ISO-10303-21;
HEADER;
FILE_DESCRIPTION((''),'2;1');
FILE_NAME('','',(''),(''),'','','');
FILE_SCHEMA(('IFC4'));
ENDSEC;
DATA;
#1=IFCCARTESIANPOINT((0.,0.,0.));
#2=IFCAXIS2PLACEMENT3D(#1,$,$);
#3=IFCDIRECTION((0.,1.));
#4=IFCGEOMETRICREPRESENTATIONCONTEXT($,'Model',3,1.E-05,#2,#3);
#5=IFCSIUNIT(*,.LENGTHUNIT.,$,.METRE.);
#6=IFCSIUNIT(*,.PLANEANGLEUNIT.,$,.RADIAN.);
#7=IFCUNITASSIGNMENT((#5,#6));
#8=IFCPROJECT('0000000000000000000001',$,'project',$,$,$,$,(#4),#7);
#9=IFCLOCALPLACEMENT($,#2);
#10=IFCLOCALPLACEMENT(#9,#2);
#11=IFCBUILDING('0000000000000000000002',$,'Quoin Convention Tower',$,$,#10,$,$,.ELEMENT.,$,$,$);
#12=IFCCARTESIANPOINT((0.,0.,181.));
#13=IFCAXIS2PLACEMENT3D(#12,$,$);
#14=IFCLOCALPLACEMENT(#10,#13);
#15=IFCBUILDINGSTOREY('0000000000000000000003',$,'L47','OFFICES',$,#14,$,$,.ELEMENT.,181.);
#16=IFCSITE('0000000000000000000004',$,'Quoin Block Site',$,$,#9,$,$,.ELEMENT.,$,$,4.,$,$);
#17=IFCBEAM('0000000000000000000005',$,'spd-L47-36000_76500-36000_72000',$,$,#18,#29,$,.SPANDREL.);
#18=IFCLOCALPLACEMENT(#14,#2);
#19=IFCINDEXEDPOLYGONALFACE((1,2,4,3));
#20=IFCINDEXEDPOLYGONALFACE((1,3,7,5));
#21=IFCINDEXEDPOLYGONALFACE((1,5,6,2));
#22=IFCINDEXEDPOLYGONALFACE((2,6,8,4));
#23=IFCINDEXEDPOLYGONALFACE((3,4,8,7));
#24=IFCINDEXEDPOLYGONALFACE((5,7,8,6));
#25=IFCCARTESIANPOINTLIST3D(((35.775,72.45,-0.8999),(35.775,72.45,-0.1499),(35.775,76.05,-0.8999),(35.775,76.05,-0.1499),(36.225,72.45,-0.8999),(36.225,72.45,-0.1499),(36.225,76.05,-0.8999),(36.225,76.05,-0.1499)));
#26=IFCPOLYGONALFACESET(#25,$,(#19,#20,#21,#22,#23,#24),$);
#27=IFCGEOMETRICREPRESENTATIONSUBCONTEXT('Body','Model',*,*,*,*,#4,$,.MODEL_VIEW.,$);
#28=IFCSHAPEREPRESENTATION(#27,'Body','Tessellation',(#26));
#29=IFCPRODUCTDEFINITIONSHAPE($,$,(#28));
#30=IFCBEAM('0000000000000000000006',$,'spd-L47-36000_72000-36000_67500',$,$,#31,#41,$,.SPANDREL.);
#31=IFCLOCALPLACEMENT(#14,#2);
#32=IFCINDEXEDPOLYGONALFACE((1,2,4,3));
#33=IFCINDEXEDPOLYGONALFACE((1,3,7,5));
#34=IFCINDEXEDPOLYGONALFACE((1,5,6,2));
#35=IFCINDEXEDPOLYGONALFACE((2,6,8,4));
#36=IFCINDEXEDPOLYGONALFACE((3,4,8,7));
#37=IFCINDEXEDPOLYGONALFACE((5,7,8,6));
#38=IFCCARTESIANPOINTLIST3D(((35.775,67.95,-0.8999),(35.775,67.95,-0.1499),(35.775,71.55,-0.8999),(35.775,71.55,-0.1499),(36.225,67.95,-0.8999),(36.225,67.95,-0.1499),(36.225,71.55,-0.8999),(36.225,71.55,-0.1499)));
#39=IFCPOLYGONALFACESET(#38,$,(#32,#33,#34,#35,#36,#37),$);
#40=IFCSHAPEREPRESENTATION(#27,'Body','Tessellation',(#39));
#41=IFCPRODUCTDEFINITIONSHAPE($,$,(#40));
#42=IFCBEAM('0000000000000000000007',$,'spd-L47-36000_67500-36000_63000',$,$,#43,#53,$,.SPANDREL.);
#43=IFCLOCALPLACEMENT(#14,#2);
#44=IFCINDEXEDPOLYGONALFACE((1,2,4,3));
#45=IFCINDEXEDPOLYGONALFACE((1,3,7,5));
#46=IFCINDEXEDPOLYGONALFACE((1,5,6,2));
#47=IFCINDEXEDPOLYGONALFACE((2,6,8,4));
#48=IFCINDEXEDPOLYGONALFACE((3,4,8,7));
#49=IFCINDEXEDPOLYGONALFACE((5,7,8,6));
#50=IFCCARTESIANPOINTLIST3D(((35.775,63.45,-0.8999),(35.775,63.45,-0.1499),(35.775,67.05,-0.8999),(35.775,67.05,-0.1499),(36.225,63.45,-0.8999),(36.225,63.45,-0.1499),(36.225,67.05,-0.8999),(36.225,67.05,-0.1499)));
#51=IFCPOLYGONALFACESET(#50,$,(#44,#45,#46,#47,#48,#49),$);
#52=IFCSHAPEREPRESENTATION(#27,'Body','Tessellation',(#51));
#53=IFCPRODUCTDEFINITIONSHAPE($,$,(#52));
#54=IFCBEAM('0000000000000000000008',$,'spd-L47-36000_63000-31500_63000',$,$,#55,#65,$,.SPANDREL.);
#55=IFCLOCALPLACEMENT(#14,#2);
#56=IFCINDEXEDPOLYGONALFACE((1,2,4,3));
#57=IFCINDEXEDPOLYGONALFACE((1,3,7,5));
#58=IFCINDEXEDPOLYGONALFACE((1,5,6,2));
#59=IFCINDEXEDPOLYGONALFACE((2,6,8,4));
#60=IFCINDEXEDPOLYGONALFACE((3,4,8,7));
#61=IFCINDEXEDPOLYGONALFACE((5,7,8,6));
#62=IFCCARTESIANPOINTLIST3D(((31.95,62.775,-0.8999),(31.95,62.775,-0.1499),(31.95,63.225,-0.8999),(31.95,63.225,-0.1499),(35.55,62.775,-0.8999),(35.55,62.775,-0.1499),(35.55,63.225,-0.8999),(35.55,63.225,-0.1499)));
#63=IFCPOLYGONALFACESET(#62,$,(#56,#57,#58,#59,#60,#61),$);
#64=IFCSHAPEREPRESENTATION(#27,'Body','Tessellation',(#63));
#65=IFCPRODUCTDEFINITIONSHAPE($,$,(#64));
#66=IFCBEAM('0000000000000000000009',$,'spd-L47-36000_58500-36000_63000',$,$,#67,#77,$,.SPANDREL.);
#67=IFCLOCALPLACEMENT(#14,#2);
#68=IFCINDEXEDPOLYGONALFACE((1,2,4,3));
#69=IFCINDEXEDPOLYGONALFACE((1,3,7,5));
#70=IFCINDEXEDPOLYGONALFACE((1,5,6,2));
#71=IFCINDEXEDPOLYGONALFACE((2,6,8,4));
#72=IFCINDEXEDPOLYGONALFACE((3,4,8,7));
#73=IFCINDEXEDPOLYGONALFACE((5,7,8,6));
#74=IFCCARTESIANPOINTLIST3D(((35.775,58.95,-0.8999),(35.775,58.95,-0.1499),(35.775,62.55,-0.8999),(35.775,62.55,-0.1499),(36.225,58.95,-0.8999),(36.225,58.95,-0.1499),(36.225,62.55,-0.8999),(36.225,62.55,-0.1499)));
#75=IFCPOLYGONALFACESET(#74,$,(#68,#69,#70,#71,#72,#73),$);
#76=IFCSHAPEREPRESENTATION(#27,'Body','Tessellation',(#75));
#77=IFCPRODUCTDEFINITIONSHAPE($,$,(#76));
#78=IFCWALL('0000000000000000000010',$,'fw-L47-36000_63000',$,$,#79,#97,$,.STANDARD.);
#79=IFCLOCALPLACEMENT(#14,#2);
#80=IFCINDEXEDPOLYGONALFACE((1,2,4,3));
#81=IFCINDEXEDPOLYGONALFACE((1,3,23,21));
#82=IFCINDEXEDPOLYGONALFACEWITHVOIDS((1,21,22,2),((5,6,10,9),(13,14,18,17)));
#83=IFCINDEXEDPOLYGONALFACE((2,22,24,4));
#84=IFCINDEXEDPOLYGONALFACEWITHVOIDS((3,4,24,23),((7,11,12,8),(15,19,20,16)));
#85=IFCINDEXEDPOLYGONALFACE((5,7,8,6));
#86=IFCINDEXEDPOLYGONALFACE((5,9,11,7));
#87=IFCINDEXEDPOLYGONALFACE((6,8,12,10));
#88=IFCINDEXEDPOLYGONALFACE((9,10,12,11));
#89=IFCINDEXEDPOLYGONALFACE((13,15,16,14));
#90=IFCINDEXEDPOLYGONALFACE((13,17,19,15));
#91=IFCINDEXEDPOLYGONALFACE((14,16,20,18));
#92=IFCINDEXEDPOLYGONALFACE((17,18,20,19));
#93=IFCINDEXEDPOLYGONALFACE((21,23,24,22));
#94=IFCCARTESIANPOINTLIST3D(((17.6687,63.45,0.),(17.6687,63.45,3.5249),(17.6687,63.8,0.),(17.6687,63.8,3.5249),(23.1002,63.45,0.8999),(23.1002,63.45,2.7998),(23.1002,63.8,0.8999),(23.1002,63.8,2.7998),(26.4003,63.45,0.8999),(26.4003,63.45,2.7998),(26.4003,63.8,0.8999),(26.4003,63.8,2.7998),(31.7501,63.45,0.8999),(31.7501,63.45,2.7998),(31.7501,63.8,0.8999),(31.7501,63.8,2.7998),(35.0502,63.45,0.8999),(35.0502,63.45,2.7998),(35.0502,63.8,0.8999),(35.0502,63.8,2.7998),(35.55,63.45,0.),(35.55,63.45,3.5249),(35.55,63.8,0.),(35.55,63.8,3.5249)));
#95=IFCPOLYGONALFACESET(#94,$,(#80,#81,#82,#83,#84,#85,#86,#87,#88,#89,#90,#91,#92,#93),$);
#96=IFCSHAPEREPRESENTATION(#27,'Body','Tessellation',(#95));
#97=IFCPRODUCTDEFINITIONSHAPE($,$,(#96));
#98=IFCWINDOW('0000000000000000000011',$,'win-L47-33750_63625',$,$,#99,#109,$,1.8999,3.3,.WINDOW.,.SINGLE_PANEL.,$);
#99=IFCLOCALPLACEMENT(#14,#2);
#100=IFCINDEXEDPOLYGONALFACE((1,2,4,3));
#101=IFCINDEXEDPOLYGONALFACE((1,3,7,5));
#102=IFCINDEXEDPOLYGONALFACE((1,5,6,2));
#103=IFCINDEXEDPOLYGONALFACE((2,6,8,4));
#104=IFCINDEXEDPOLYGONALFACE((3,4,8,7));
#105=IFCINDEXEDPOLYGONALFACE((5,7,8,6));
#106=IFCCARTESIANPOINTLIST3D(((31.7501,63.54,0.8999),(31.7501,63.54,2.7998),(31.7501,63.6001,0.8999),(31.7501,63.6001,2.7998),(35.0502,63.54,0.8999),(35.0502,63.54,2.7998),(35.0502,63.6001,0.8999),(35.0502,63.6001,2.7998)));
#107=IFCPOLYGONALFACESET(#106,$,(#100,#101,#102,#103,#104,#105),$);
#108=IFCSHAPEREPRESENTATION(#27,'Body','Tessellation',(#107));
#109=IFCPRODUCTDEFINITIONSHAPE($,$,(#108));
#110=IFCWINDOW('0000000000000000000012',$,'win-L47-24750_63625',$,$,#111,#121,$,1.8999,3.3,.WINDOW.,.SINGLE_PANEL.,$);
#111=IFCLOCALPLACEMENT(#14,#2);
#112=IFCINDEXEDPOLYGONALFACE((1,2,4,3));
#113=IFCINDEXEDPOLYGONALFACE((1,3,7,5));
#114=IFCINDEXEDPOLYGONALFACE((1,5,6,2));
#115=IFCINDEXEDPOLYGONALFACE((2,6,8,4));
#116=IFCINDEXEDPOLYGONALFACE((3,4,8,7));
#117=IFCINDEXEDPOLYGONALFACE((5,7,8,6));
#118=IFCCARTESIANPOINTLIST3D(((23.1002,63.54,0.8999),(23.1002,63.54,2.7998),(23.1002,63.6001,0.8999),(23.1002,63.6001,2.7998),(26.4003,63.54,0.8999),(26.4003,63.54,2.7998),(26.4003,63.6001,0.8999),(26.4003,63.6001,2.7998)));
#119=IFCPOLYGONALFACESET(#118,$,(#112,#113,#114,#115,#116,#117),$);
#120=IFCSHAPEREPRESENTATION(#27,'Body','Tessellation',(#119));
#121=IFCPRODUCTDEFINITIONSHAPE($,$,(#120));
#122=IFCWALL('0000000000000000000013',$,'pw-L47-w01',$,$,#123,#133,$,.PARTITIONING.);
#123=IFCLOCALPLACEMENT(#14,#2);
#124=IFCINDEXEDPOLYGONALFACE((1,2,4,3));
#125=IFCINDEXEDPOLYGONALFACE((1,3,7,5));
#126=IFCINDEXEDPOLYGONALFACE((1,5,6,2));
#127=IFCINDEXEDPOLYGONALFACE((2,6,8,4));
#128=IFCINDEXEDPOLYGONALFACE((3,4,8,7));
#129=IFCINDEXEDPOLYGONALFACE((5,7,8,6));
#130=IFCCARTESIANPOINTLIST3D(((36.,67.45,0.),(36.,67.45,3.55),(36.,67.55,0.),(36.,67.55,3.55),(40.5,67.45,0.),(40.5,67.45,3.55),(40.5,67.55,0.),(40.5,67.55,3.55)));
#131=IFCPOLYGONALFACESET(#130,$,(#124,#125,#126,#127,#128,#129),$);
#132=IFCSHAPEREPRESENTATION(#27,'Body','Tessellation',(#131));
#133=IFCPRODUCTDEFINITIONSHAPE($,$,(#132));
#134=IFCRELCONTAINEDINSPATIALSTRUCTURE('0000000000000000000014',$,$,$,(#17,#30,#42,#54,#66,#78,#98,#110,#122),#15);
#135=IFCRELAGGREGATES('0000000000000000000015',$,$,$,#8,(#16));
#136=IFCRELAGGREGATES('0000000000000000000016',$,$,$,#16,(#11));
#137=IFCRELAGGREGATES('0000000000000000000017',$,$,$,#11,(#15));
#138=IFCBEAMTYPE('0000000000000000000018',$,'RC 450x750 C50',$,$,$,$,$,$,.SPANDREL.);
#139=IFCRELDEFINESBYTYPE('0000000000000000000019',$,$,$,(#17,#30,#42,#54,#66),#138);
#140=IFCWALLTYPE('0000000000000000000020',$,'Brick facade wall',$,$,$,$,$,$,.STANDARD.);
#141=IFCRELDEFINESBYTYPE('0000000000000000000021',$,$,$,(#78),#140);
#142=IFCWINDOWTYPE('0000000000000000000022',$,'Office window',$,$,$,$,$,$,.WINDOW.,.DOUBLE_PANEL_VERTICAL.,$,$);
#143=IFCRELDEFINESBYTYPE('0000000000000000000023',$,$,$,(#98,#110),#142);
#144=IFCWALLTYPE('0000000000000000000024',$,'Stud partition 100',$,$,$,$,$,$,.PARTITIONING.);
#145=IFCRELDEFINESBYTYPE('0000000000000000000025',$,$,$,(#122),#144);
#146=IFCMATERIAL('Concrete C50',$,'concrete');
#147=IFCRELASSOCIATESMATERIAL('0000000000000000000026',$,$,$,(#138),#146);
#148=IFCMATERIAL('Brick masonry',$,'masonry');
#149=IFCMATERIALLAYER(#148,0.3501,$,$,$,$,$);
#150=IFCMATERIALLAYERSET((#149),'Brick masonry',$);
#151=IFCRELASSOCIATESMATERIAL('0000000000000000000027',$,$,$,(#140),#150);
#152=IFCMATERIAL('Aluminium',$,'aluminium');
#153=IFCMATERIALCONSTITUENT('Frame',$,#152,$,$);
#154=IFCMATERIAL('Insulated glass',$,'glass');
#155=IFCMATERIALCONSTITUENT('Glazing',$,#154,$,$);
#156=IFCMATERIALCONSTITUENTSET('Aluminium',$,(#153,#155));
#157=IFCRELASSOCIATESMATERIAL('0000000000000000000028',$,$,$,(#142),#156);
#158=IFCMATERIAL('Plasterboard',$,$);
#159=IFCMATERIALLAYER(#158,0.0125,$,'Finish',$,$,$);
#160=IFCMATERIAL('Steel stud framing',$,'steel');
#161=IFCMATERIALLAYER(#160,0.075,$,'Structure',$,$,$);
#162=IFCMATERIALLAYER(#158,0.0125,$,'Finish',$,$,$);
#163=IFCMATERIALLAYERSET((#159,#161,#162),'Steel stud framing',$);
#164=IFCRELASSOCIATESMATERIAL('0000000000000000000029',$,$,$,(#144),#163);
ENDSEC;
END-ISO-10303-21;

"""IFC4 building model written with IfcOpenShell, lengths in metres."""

from ifc_helpers import new_model, si_unit, direction, frame, frame_2d, origin, origin_2d, place, context, subcontext, project, spatial, rectangle, extrude, material, layer, layer_set, constituent, constituent_set, material_profile, profile_set, type_object, element, fill, save


model = new_model("IFC4")

# Units and contexts
model_context = context("Model", 3, precision=1e-05, world=origin(), true_north=direction((0.0, 1.0)))
body_context = subcontext(model_context, "Body", "Model", "MODEL_VIEW")
ifc_project = project(units=[si_unit("LENGTHUNIT", "METRE"), si_unit("PLANEANGLEUNIT", "RADIAN")], contexts=[model_context])

# Site, building, storey
site_placement = place(None, origin())
site = spatial("IfcSite", under=ifc_project, at=site_placement, Name="Quoin Block Site", CompositionType="ELEMENT", RefElevation=4.0)
building_placement = place(site_placement, origin())
building = spatial("IfcBuilding", under=site, at=building_placement, Name="Quoin Convention Tower", CompositionType="ELEMENT")
storey_placement = place(building_placement, frame((0.0, 0.0, 181.0)))
storey = spatial("IfcBuildingStorey", under=building, at=storey_placement, Name="L47", Description="OFFICES", CompositionType="ELEMENT", Elevation=181.0)

# Shared definitions
ifc_material_1 = material(Name="Concrete C50", Category="concrete")

# Beams
ifc_material_profile_1 = material_profile(ifc_material_1, rectangle(XDim=0.45, YDim=0.75, at=origin_2d()), Name="RC 450x750")
ifc_profile_set_1 = profile_set([ifc_material_profile_1], Name="Concrete C50")
beam_type_1 = type_object("IfcBeamType", Name="RC 450x750 C50", PredefinedType="SPANDREL", material=ifc_profile_set_1)
for number, where, z_axis, x_axis, name in (
    (1, (36.0, 76.05, -0.5249), (0.0, -1.0, 0.0), (1.0, 0.0, 0.0), "spd-L47-36000_76500-36000_72000"),
    (2, (36.0, 71.55, -0.5249), (0.0, -1.0, 0.0), (1.0, 0.0, 0.0), "spd-L47-36000_72000-36000_67500"),
    (3, (36.0, 67.05, -0.5249), (0.0, -1.0, 0.0), (1.0, 0.0, 0.0), "spd-L47-36000_67500-36000_63000"),
    (4, (35.55, 63.0, -0.5249), (-1.0, 0.0, 0.0), (0.0, -1.0, 0.0), "spd-L47-36000_63000-31500_63000"),
    (5, (36.0, 58.95, -0.5249), (0.0, 1.0, 0.0), (-1.0, 0.0, 0.0), "spd-L47-36000_58500-36000_63000"),
):
    element("IfcBeam", number, at=place(storey_placement, frame(where, z_axis=z_axis, x_axis=x_axis)), inside=storey, type_object=beam_type_1, Name=name, PredefinedType="SPANDREL", context=body_context, shape_type="SweptSolid", body=[
        extrude(rectangle(XDim=0.45, YDim=0.75, at=origin_2d()), origin(), (0.0, 0.0, 1.0), 3.6001),
    ])

# Wall, openings, windows
ifc_material_2 = material(Name="Brick masonry", Category="masonry")
ifc_layer_1 = layer(ifc_material_2, 0.3501)
ifc_layer_set_1 = layer_set([ifc_layer_1], Name="Brick masonry")
wall_type_1 = type_object("IfcWallType", Name="Brick facade wall", PredefinedType="STANDARD", material=ifc_layer_set_1)
wall_1_placement = place(storey_placement, frame((35.55, 63.625, 0.0), z_axis=(0.0, 0.0, 1.0), x_axis=(-1.0, 0.0, 0.0)))
wall_1 = element("IfcWall", 6, at=wall_1_placement, inside=storey, type_object=wall_type_1, Name="fw-L47-36000_63000", PredefinedType="STANDARD", context=body_context, shape_type="SweptSolid", body=[
    extrude(rectangle(XDim=17.8813, YDim=0.3501, at=frame_2d((8.9407, 0.0))), origin(), (0.0, 0.0, 1.0), 3.5249),
])
opening_1_placement = place(wall_1_placement, frame((0.5, 0.0, 0.8999)))
opening_1 = element("IfcOpeningElement", 7, at=opening_1_placement, cuts=wall_1, PredefinedType="OPENING", context=body_context, shape_type="SweptSolid", body=[
    extrude(rectangle(XDim=3.3, YDim=1.8999, at=frame_2d((1.6499, 0.95))), frame((0.0, 0.1851, 0.0), z_axis=(0.0, -1.0, 0.0), x_axis=(1.0, 0.0, 0.0)), (0.0, 0.0, 1.0), 0.3701),
])
opening_2_placement = place(wall_1_placement, frame((9.1499, 0.0, 0.8999)))
opening_2 = element("IfcOpeningElement", 8, at=opening_2_placement, cuts=wall_1, PredefinedType="OPENING", context=body_context, shape_type="SweptSolid", body=[
    extrude(rectangle(XDim=3.3, YDim=1.8999, at=frame_2d((1.6499, 0.95))), frame((0.0, 0.1851, 0.0), z_axis=(0.0, -1.0, 0.0), x_axis=(1.0, 0.0, 0.0)), (0.0, 0.0, 1.0), 0.3701),
])
ifc_material_3 = material(Name="Aluminium", Category="aluminium")
ifc_constituent_1 = constituent(ifc_material_3, Name="Frame")
ifc_material_4 = material(Name="Insulated glass", Category="glass")
ifc_constituent_2 = constituent(ifc_material_4, Name="Glazing")
ifc_constituent_set = constituent_set(constituents=[ifc_constituent_1, ifc_constituent_2], Name="Aluminium")
window_type = type_object("IfcWindowType", Name="Office window", PartitioningType="DOUBLE_PANEL_VERTICAL", PredefinedType="WINDOW", material=ifc_constituent_set)
window_1_placement = place(opening_1_placement, origin())
window_1 = element("IfcWindow", 9, at=window_1_placement, inside=storey, type_object=window_type, Name="win-L47-33750_63625", OverallHeight=1.8999, OverallWidth=3.3, PartitioningType="SINGLE_PANEL", PredefinedType="WINDOW", context=body_context, shape_type="SweptSolid", body=[
    extrude(rectangle(XDim=3.3, YDim=1.8999, at=frame_2d((1.6499, 0.95))), frame((0.0, 0.085, 0.0), z_axis=(0.0, -1.0, 0.0), x_axis=(1.0, 0.0, 0.0)), (0.0, 0.0, 1.0), 0.0601),
])
fill(opening_1, window_1)
window_2_placement = place(opening_2_placement, origin())
window_2 = element("IfcWindow", 10, at=window_2_placement, inside=storey, type_object=window_type, Name="win-L47-24750_63625", OverallHeight=1.8999, OverallWidth=3.3, PartitioningType="SINGLE_PANEL", PredefinedType="WINDOW", context=body_context, shape_type="SweptSolid", body=[
    extrude(rectangle(XDim=3.3, YDim=1.8999, at=frame_2d((1.6499, 0.95))), frame((0.0, 0.085, 0.0), z_axis=(0.0, -1.0, 0.0), x_axis=(1.0, 0.0, 0.0)), (0.0, 0.0, 1.0), 0.0601),
])
fill(opening_2, window_2)

# Wall
ifc_material_5 = material(Name="Plasterboard")
ifc_layer_2 = layer(ifc_material_5, 0.0125, Name="Finish")
ifc_material_6 = material(Name="Steel stud framing", Category="steel")
ifc_layer_3 = layer(ifc_material_6, 0.075, Name="Structure")
ifc_layer_4 = layer(ifc_material_5, 0.0125, Name="Finish")
ifc_layer_set_2 = layer_set([ifc_layer_2, ifc_layer_3, ifc_layer_4], Name="Steel stud framing")
wall_type_2 = type_object("IfcWallType", Name="Stud partition 100", PredefinedType="PARTITIONING", material=ifc_layer_set_2)
wall_2_placement = place(storey_placement, frame((36.0, 67.5, 0.0), z_axis=(0.0, 0.0, 1.0), x_axis=(1.0, 0.0, 0.0)))
element("IfcWall", 11, at=wall_2_placement, inside=storey, type_object=wall_type_2, Name="pw-L47-w01", PredefinedType="PARTITIONING", context=body_context, shape_type="SweptSolid", body=[
    extrude(rectangle(XDim=4.5, YDim=0.1001, at=frame_2d((2.25, 0.0))), origin(), (0.0, 0.0, 1.0), 3.55),
])

save(model, "model.ifc")
